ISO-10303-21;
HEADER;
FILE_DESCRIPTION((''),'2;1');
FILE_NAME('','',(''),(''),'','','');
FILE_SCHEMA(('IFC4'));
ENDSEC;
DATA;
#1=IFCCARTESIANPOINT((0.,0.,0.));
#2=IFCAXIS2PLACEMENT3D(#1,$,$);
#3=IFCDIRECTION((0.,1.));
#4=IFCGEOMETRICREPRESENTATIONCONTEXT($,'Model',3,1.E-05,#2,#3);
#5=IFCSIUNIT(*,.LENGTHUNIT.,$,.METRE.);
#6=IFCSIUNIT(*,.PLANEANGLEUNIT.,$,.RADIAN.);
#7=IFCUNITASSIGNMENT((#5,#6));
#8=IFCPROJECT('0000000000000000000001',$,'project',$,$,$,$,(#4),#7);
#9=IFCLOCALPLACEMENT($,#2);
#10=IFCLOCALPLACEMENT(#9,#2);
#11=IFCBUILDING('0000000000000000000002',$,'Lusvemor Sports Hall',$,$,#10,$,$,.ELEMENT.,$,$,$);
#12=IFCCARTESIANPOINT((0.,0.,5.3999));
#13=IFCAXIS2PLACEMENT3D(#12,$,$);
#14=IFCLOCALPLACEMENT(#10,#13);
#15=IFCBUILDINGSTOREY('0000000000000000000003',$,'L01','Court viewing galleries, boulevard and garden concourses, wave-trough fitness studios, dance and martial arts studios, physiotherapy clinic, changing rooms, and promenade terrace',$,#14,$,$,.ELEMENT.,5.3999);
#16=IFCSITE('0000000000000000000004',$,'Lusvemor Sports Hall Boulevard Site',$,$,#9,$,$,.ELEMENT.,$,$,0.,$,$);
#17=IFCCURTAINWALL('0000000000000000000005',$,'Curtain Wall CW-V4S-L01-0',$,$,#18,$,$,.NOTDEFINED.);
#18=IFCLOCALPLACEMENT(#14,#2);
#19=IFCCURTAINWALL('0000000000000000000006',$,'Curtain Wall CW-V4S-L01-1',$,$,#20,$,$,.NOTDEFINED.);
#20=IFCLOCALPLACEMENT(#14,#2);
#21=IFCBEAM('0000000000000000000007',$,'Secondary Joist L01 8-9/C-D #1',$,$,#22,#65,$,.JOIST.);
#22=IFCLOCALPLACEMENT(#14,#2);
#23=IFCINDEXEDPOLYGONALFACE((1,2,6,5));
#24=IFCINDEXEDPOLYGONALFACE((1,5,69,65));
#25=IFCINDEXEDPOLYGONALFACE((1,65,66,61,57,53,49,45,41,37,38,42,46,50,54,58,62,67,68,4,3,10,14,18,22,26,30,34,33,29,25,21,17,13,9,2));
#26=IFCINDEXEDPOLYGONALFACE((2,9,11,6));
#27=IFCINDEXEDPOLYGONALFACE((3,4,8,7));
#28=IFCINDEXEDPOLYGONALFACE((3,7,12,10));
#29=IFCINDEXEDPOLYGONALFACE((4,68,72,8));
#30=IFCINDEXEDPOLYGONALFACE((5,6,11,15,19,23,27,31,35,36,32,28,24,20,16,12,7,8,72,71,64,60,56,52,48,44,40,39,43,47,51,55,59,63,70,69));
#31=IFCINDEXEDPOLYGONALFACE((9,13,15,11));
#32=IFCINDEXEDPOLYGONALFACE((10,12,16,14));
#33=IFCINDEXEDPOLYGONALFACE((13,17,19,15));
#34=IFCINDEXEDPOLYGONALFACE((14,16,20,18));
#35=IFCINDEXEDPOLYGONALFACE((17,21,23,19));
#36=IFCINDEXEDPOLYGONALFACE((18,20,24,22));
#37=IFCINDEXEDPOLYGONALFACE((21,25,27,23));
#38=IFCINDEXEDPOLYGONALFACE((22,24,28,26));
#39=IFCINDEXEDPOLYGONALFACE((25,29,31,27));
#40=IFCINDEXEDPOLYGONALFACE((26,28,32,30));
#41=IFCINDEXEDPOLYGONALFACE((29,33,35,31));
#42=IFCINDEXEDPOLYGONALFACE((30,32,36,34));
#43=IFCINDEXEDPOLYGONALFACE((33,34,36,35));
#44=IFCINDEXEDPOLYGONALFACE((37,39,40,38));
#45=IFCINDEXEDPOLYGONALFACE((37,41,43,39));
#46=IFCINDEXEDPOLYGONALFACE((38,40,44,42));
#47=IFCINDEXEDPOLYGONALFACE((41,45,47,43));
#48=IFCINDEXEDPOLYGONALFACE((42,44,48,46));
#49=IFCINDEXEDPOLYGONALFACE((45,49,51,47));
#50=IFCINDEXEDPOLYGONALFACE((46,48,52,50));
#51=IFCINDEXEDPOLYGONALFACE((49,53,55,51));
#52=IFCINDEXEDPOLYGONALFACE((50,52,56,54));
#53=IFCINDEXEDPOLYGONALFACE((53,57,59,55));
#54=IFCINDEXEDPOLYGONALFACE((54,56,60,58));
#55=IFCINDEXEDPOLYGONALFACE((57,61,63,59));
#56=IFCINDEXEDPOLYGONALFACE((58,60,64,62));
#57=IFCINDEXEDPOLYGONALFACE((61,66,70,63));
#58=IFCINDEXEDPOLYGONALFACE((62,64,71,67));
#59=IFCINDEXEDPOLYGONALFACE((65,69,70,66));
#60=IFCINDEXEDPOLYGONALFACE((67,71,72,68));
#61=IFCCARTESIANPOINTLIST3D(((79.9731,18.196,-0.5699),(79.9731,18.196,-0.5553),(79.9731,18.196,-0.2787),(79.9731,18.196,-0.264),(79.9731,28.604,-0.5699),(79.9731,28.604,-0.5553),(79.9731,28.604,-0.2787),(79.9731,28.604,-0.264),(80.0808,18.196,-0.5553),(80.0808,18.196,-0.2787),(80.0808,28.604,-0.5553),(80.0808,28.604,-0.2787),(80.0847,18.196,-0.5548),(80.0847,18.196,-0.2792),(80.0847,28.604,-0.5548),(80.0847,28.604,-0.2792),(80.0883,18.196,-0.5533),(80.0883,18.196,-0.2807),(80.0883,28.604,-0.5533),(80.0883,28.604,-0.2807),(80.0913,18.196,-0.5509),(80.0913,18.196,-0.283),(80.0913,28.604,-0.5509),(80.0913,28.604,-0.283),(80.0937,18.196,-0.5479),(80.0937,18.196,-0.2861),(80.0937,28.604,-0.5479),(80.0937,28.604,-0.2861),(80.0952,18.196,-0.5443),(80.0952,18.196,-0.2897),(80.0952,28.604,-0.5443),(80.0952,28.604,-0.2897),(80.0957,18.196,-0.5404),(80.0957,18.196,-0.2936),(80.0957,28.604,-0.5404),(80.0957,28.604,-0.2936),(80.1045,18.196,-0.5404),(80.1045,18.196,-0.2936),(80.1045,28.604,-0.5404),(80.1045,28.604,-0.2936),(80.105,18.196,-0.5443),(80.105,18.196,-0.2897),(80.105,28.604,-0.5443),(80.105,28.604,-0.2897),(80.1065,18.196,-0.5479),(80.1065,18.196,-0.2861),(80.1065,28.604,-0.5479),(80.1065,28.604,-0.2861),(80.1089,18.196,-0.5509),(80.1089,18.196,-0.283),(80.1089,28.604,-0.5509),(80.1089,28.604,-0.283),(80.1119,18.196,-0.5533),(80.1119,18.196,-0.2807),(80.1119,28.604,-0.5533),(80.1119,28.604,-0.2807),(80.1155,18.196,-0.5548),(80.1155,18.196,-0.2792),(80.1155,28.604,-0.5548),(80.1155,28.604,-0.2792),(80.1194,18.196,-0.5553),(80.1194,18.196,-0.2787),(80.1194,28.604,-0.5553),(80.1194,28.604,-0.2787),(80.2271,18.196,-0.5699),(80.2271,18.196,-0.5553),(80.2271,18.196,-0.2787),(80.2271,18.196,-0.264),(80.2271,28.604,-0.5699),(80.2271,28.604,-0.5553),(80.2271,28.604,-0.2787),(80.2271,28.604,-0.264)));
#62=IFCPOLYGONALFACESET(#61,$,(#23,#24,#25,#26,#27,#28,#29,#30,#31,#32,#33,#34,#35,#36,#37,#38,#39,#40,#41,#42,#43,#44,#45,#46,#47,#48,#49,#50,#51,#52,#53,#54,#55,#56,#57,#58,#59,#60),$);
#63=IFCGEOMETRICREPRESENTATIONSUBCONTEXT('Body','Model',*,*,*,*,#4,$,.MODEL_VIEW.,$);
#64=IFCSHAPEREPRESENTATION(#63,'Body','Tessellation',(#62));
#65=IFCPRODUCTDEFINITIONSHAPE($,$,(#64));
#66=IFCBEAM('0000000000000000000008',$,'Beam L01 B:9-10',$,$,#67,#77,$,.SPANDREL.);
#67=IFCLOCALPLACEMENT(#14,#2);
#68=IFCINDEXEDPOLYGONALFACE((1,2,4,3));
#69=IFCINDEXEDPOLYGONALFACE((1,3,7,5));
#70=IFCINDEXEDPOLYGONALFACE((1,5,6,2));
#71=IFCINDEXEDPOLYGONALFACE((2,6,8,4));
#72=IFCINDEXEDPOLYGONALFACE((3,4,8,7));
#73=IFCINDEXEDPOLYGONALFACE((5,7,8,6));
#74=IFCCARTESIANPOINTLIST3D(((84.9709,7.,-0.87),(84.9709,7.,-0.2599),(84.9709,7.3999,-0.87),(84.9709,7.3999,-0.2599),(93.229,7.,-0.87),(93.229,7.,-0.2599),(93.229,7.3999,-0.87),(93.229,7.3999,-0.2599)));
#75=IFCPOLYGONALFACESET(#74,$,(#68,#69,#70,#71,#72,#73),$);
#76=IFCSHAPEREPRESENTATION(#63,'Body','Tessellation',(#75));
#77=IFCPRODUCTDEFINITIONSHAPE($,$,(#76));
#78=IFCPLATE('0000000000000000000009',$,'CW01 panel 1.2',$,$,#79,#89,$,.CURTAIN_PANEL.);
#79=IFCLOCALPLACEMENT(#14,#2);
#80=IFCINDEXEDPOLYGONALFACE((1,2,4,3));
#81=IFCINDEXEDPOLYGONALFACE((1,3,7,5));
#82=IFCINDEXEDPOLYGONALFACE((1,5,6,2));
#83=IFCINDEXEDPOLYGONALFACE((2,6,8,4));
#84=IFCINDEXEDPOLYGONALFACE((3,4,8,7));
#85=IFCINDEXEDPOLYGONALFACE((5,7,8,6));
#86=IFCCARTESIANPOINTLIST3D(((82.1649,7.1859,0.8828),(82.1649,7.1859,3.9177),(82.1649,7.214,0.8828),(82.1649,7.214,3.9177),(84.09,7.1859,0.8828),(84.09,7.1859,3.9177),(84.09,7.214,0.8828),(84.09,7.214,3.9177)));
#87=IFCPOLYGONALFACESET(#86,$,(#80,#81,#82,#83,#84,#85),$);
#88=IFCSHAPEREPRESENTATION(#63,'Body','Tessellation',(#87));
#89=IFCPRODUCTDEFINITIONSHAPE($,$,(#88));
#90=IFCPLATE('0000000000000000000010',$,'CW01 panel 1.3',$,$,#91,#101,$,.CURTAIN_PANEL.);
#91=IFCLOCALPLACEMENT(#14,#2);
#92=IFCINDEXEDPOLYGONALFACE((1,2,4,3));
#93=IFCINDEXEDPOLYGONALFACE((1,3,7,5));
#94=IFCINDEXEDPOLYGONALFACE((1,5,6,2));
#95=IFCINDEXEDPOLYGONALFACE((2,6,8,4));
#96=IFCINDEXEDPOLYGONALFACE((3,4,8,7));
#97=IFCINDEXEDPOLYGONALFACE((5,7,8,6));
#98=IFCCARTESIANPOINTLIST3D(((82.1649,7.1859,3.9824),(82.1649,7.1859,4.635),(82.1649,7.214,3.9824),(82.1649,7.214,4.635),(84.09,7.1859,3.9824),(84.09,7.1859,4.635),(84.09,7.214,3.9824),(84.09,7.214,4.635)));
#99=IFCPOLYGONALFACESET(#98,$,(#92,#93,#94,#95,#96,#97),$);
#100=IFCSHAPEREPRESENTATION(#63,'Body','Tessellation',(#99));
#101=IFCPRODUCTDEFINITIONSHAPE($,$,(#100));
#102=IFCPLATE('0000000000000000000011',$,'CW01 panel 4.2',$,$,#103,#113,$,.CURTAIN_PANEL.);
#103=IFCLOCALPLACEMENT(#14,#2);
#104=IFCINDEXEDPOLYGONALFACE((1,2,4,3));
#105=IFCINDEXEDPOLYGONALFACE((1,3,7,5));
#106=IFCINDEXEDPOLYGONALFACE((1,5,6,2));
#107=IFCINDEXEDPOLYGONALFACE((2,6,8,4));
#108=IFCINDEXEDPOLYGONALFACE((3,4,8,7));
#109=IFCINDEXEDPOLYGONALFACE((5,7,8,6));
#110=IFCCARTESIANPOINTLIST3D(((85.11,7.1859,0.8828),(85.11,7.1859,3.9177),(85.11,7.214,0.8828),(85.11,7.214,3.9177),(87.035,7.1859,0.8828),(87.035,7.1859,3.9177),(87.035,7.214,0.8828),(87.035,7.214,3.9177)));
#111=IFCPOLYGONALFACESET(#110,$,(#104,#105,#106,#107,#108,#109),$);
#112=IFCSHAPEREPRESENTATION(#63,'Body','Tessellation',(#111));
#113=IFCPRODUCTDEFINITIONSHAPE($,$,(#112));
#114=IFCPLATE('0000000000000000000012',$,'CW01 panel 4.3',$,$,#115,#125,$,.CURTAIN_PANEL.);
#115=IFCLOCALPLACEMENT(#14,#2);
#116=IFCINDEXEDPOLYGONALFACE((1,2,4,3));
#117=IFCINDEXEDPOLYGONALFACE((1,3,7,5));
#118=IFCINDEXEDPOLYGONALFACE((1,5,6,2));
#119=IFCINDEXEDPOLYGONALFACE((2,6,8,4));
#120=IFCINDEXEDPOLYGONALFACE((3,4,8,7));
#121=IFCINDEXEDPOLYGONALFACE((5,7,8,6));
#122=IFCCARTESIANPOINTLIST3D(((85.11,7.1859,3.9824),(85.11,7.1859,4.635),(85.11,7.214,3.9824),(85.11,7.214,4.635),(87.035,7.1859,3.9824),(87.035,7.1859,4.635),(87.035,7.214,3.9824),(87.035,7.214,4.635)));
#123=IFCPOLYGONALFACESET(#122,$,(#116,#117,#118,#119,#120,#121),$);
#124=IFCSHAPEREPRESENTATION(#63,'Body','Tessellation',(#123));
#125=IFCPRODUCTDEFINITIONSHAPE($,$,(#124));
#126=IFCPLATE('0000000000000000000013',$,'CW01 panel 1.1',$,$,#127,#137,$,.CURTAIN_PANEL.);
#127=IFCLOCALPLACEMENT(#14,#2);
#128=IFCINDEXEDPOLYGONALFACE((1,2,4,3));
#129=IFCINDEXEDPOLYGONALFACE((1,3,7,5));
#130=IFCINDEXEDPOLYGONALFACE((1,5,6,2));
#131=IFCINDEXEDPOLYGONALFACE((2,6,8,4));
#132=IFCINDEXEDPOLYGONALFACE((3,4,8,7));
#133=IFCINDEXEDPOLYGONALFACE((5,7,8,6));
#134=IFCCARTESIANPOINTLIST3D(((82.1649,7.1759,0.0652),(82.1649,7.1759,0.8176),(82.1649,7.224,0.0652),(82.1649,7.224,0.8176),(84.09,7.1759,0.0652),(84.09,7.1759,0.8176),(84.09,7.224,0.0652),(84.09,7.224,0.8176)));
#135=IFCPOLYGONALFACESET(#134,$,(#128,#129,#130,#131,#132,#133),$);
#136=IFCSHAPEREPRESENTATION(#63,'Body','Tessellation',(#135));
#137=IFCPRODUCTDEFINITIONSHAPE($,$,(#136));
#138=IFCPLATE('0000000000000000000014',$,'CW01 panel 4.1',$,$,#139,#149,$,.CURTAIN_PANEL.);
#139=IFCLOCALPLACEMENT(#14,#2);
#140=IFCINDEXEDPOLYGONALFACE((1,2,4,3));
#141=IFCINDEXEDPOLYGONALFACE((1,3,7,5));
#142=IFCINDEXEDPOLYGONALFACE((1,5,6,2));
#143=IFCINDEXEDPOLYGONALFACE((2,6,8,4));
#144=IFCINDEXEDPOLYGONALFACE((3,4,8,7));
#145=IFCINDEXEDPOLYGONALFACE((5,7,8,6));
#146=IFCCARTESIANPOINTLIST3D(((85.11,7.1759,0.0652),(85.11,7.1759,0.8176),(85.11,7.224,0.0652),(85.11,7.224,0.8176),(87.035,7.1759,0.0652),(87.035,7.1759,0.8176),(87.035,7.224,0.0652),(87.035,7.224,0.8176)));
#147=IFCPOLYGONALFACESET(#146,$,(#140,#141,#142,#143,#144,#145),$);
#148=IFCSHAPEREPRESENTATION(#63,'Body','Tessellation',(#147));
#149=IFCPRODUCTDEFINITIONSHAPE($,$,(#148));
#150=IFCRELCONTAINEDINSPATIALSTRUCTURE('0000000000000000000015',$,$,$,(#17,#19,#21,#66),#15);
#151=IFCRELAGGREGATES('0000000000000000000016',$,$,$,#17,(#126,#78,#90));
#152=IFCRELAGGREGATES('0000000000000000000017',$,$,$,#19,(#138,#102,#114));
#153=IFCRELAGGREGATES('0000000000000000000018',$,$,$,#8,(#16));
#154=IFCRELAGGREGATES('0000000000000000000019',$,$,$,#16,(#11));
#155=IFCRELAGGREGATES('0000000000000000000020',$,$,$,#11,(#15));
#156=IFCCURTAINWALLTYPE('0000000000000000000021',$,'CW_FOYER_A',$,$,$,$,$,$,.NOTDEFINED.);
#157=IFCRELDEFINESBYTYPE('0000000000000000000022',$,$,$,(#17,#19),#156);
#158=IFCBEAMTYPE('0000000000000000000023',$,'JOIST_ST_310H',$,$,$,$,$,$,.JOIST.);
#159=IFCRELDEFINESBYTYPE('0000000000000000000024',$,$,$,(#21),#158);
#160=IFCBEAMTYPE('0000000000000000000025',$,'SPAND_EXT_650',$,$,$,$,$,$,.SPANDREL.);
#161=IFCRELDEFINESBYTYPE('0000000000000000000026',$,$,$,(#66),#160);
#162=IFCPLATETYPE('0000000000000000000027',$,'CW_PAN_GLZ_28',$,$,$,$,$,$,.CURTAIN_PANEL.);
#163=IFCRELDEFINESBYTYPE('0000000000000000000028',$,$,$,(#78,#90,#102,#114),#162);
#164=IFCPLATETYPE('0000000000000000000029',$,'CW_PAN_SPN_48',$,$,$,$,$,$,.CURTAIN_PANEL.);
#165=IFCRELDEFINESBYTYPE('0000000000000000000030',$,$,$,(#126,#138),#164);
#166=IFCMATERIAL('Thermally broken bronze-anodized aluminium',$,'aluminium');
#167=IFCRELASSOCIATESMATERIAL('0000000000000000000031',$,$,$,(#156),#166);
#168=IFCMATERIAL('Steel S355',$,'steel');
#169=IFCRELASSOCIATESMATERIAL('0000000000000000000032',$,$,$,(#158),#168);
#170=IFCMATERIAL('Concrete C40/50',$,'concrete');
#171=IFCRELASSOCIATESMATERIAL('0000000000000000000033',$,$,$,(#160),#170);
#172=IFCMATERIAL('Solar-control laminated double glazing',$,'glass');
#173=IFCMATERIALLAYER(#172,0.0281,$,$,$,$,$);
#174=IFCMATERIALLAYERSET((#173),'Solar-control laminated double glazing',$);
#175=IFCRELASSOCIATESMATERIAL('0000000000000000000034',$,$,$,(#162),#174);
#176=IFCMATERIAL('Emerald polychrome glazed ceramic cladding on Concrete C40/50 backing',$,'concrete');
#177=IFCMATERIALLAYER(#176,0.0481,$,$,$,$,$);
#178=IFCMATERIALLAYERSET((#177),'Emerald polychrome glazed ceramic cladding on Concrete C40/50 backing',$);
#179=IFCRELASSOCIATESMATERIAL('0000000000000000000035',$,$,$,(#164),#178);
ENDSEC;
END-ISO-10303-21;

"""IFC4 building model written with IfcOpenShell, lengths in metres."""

from ifc_helpers import new_model, si_unit, direction, frame, origin, origin_2d, place, context, subcontext, project, spatial, rectangle, i_section, extrude, material, layer, layer_set, material_profile, profile_set, type_object, element, aggregate, save


model = new_model("IFC4")

# Units and contexts
model_context = context("Model", 3, precision=1e-05, world=origin(), true_north=direction((0.0, 1.0)))
body_context = subcontext(model_context, "Body", "Model", "MODEL_VIEW")
ifc_project = project(units=[si_unit("LENGTHUNIT", "METRE"), si_unit("PLANEANGLEUNIT", "RADIAN")], contexts=[model_context])

# Site, building, storey
site_placement = place(None, origin())
site = spatial("IfcSite", under=ifc_project, at=site_placement, Name="Lusvemor Sports Hall Boulevard Site", CompositionType="ELEMENT", RefElevation=0.0)
building_placement = place(site_placement, origin())
building = spatial("IfcBuilding", under=site, at=building_placement, Name="Lusvemor Sports Hall", CompositionType="ELEMENT")
storey_placement = place(building_placement, frame((0.0, 0.0, 5.3999)))
storey = spatial("IfcBuildingStorey", under=building, at=storey_placement, Name="L01", Description="Court viewing galleries, boulevard and garden concourses, wave-trough fitness studios, dance and martial arts studios, physiotherapy clinic, changing rooms, and promenade terrace", CompositionType="ELEMENT", Elevation=5.3999)

# Curtain walls
ifc_material_1 = material(Name="Thermally broken bronze-anodized aluminium", Category="aluminium")
curtain_wall_type = type_object("IfcCurtainWallType", Name="CW_FOYER_A", PredefinedType="NOTDEFINED", material=ifc_material_1)
curtain_wall_1_placement = place(storey_placement, origin())
curtain_wall_1 = element("IfcCurtainWall", 1, at=curtain_wall_1_placement, inside=storey, type_object=curtain_wall_type, Name="Curtain Wall CW-V4S-L01-0", PredefinedType="NOTDEFINED")
curtain_wall_2_placement = place(storey_placement, origin())
curtain_wall_2 = element("IfcCurtainWall", 2, at=curtain_wall_2_placement, inside=storey, type_object=curtain_wall_type, Name="Curtain Wall CW-V4S-L01-1", PredefinedType="NOTDEFINED")

# Beams
ifc_material_2 = material(Name="Steel S355", Category="steel")
ifc_material_profile_1 = material_profile(ifc_material_2, i_section(OverallWidth=0.2539, OverallDepth=0.3059, WebThickness=0.0088, FlangeThickness=0.0146, FilletRadius=0.0149, at=origin_2d()), Name="W310x79.0")
ifc_profile_set_1 = profile_set([ifc_material_profile_1], Name="Steel S355")
beam_type_1 = type_object("IfcBeamType", Name="JOIST_ST_310H", PredefinedType="JOIST", material=ifc_profile_set_1)
for number, where, z_axis, x_axis, name in (
    (3, (80.1001, 18.196, -0.417), (0.0, 1.0, 0.0), (-1.0, 0.0, 0.0), "Secondary Joist L01 8-9/C-D #1"),
):
    element("IfcBeam", number, at=place(storey_placement, frame(where, z_axis=z_axis, x_axis=x_axis)), inside=storey, type_object=beam_type_1, Name=name, PredefinedType="JOIST", context=body_context, shape_type="SweptSolid", body=[
        extrude(i_section(OverallWidth=0.2539, OverallDepth=0.3059, WebThickness=0.0088, FlangeThickness=0.0146, FilletRadius=0.0149, at=origin_2d()), origin(), (0.0, 0.0, 1.0), 10.408),
    ])
ifc_material_3 = material(Name="Concrete C40/50", Category="concrete")
ifc_material_profile_2 = material_profile(ifc_material_3, rectangle(XDim=0.3999, YDim=0.6101, at=origin_2d()), Name="RC400x610")
ifc_profile_set_2 = profile_set([ifc_material_profile_2], Name="Concrete C40/50")
beam_type_2 = type_object("IfcBeamType", Name="SPAND_EXT_650", PredefinedType="SPANDREL", material=ifc_profile_set_2)
beam_1_placement = place(storey_placement, frame((84.9709, 7.2, -0.5649), z_axis=(1.0, 0.0, 0.0), x_axis=(0.0, 1.0, 0.0)))
element("IfcBeam", 4, at=beam_1_placement, inside=storey, type_object=beam_type_2, Name="Beam L01 B:9-10", PredefinedType="SPANDREL", context=body_context, shape_type="SweptSolid", body=[
    extrude(rectangle(XDim=0.3999, YDim=0.6101, at=origin_2d()), origin(), (0.0, 0.0, 1.0), 8.2581),
])

# Plates
ifc_material_4 = material(Name="Solar-control laminated double glazing", Category="glass")
ifc_layer_1 = layer(ifc_material_4, 0.0281)
ifc_layer_set_1 = layer_set([ifc_layer_1], Name="Solar-control laminated double glazing")
plate_type_1 = type_object("IfcPlateType", Name="CW_PAN_GLZ_28", PredefinedType="CURTAIN_PANEL", material=ifc_layer_set_1)
plate_1_placement = place(storey_placement, frame((83.1274, 7.2, 0.8828), z_axis=(0.0, 0.0, 1.0), x_axis=(-1.0, 0.0, 0.0)))
plate_1 = element("IfcPlate", 5, at=plate_1_placement, type_object=plate_type_1, Name="CW01 panel 1.2", PredefinedType="CURTAIN_PANEL", context=body_context, shape_type="SweptSolid", body=[
    extrude(rectangle(XDim=1.925, YDim=0.0281, at=origin_2d()), origin(), (0.0, 0.0, 1.0), 3.0349),
])
plate_2_placement = place(storey_placement, frame((83.1274, 7.2, 3.9824), z_axis=(0.0, 0.0, 1.0), x_axis=(-1.0, 0.0, 0.0)))
plate_2 = element("IfcPlate", 6, at=plate_2_placement, type_object=plate_type_1, Name="CW01 panel 1.3", PredefinedType="CURTAIN_PANEL", context=body_context, shape_type="SweptSolid", body=[
    extrude(rectangle(XDim=1.925, YDim=0.0281, at=origin_2d()), origin(), (0.0, 0.0, 1.0), 0.6526),
])
plate_3_placement = place(storey_placement, frame((86.0725, 7.2, 0.8828), z_axis=(0.0, 0.0, 1.0), x_axis=(-1.0, 0.0, 0.0)))
plate_3 = element("IfcPlate", 7, at=plate_3_placement, type_object=plate_type_1, Name="CW01 panel 4.2", PredefinedType="CURTAIN_PANEL", context=body_context, shape_type="SweptSolid", body=[
    extrude(rectangle(XDim=1.925, YDim=0.0281, at=origin_2d()), origin(), (0.0, 0.0, 1.0), 3.0349),
])
plate_4_placement = place(storey_placement, frame((86.0725, 7.2, 3.9824), z_axis=(0.0, 0.0, 1.0), x_axis=(-1.0, 0.0, 0.0)))
plate_4 = element("IfcPlate", 8, at=plate_4_placement, type_object=plate_type_1, Name="CW01 panel 4.3", PredefinedType="CURTAIN_PANEL", context=body_context, shape_type="SweptSolid", body=[
    extrude(rectangle(XDim=1.925, YDim=0.0281, at=origin_2d()), origin(), (0.0, 0.0, 1.0), 0.6526),
])
ifc_material_5 = material(Name="Emerald polychrome glazed ceramic cladding on Concrete C40/50 backing", Category="concrete")
ifc_layer_2 = layer(ifc_material_5, 0.0481)
ifc_layer_set_2 = layer_set([ifc_layer_2], Name="Emerald polychrome glazed ceramic cladding on Concrete C40/50 backing")
plate_type_2 = type_object("IfcPlateType", Name="CW_PAN_SPN_48", PredefinedType="CURTAIN_PANEL", material=ifc_layer_set_2)
plate_5_placement = place(storey_placement, frame((83.1274, 7.2, 0.0652), z_axis=(0.0, 0.0, 1.0), x_axis=(-1.0, 0.0, 0.0)))
plate_5 = element("IfcPlate", 9, at=plate_5_placement, type_object=plate_type_2, Name="CW01 panel 1.1", PredefinedType="CURTAIN_PANEL", context=body_context, shape_type="SweptSolid", body=[
    extrude(rectangle(XDim=1.925, YDim=0.0481, at=origin_2d()), origin(), (0.0, 0.0, 1.0), 0.7524),
])
aggregate(curtain_wall_1, [plate_5, plate_1, plate_2])
plate_6_placement = place(storey_placement, frame((86.0725, 7.2, 0.0652), z_axis=(0.0, 0.0, 1.0), x_axis=(-1.0, 0.0, 0.0)))
plate_6 = element("IfcPlate", 10, at=plate_6_placement, type_object=plate_type_2, Name="CW01 panel 4.1", PredefinedType="CURTAIN_PANEL", context=body_context, shape_type="SweptSolid", body=[
    extrude(rectangle(XDim=1.925, YDim=0.0481, at=origin_2d()), origin(), (0.0, 0.0, 1.0), 0.7524),
])
aggregate(curtain_wall_2, [plate_6, plate_3, plate_4])

save(model, "model.ifc")
